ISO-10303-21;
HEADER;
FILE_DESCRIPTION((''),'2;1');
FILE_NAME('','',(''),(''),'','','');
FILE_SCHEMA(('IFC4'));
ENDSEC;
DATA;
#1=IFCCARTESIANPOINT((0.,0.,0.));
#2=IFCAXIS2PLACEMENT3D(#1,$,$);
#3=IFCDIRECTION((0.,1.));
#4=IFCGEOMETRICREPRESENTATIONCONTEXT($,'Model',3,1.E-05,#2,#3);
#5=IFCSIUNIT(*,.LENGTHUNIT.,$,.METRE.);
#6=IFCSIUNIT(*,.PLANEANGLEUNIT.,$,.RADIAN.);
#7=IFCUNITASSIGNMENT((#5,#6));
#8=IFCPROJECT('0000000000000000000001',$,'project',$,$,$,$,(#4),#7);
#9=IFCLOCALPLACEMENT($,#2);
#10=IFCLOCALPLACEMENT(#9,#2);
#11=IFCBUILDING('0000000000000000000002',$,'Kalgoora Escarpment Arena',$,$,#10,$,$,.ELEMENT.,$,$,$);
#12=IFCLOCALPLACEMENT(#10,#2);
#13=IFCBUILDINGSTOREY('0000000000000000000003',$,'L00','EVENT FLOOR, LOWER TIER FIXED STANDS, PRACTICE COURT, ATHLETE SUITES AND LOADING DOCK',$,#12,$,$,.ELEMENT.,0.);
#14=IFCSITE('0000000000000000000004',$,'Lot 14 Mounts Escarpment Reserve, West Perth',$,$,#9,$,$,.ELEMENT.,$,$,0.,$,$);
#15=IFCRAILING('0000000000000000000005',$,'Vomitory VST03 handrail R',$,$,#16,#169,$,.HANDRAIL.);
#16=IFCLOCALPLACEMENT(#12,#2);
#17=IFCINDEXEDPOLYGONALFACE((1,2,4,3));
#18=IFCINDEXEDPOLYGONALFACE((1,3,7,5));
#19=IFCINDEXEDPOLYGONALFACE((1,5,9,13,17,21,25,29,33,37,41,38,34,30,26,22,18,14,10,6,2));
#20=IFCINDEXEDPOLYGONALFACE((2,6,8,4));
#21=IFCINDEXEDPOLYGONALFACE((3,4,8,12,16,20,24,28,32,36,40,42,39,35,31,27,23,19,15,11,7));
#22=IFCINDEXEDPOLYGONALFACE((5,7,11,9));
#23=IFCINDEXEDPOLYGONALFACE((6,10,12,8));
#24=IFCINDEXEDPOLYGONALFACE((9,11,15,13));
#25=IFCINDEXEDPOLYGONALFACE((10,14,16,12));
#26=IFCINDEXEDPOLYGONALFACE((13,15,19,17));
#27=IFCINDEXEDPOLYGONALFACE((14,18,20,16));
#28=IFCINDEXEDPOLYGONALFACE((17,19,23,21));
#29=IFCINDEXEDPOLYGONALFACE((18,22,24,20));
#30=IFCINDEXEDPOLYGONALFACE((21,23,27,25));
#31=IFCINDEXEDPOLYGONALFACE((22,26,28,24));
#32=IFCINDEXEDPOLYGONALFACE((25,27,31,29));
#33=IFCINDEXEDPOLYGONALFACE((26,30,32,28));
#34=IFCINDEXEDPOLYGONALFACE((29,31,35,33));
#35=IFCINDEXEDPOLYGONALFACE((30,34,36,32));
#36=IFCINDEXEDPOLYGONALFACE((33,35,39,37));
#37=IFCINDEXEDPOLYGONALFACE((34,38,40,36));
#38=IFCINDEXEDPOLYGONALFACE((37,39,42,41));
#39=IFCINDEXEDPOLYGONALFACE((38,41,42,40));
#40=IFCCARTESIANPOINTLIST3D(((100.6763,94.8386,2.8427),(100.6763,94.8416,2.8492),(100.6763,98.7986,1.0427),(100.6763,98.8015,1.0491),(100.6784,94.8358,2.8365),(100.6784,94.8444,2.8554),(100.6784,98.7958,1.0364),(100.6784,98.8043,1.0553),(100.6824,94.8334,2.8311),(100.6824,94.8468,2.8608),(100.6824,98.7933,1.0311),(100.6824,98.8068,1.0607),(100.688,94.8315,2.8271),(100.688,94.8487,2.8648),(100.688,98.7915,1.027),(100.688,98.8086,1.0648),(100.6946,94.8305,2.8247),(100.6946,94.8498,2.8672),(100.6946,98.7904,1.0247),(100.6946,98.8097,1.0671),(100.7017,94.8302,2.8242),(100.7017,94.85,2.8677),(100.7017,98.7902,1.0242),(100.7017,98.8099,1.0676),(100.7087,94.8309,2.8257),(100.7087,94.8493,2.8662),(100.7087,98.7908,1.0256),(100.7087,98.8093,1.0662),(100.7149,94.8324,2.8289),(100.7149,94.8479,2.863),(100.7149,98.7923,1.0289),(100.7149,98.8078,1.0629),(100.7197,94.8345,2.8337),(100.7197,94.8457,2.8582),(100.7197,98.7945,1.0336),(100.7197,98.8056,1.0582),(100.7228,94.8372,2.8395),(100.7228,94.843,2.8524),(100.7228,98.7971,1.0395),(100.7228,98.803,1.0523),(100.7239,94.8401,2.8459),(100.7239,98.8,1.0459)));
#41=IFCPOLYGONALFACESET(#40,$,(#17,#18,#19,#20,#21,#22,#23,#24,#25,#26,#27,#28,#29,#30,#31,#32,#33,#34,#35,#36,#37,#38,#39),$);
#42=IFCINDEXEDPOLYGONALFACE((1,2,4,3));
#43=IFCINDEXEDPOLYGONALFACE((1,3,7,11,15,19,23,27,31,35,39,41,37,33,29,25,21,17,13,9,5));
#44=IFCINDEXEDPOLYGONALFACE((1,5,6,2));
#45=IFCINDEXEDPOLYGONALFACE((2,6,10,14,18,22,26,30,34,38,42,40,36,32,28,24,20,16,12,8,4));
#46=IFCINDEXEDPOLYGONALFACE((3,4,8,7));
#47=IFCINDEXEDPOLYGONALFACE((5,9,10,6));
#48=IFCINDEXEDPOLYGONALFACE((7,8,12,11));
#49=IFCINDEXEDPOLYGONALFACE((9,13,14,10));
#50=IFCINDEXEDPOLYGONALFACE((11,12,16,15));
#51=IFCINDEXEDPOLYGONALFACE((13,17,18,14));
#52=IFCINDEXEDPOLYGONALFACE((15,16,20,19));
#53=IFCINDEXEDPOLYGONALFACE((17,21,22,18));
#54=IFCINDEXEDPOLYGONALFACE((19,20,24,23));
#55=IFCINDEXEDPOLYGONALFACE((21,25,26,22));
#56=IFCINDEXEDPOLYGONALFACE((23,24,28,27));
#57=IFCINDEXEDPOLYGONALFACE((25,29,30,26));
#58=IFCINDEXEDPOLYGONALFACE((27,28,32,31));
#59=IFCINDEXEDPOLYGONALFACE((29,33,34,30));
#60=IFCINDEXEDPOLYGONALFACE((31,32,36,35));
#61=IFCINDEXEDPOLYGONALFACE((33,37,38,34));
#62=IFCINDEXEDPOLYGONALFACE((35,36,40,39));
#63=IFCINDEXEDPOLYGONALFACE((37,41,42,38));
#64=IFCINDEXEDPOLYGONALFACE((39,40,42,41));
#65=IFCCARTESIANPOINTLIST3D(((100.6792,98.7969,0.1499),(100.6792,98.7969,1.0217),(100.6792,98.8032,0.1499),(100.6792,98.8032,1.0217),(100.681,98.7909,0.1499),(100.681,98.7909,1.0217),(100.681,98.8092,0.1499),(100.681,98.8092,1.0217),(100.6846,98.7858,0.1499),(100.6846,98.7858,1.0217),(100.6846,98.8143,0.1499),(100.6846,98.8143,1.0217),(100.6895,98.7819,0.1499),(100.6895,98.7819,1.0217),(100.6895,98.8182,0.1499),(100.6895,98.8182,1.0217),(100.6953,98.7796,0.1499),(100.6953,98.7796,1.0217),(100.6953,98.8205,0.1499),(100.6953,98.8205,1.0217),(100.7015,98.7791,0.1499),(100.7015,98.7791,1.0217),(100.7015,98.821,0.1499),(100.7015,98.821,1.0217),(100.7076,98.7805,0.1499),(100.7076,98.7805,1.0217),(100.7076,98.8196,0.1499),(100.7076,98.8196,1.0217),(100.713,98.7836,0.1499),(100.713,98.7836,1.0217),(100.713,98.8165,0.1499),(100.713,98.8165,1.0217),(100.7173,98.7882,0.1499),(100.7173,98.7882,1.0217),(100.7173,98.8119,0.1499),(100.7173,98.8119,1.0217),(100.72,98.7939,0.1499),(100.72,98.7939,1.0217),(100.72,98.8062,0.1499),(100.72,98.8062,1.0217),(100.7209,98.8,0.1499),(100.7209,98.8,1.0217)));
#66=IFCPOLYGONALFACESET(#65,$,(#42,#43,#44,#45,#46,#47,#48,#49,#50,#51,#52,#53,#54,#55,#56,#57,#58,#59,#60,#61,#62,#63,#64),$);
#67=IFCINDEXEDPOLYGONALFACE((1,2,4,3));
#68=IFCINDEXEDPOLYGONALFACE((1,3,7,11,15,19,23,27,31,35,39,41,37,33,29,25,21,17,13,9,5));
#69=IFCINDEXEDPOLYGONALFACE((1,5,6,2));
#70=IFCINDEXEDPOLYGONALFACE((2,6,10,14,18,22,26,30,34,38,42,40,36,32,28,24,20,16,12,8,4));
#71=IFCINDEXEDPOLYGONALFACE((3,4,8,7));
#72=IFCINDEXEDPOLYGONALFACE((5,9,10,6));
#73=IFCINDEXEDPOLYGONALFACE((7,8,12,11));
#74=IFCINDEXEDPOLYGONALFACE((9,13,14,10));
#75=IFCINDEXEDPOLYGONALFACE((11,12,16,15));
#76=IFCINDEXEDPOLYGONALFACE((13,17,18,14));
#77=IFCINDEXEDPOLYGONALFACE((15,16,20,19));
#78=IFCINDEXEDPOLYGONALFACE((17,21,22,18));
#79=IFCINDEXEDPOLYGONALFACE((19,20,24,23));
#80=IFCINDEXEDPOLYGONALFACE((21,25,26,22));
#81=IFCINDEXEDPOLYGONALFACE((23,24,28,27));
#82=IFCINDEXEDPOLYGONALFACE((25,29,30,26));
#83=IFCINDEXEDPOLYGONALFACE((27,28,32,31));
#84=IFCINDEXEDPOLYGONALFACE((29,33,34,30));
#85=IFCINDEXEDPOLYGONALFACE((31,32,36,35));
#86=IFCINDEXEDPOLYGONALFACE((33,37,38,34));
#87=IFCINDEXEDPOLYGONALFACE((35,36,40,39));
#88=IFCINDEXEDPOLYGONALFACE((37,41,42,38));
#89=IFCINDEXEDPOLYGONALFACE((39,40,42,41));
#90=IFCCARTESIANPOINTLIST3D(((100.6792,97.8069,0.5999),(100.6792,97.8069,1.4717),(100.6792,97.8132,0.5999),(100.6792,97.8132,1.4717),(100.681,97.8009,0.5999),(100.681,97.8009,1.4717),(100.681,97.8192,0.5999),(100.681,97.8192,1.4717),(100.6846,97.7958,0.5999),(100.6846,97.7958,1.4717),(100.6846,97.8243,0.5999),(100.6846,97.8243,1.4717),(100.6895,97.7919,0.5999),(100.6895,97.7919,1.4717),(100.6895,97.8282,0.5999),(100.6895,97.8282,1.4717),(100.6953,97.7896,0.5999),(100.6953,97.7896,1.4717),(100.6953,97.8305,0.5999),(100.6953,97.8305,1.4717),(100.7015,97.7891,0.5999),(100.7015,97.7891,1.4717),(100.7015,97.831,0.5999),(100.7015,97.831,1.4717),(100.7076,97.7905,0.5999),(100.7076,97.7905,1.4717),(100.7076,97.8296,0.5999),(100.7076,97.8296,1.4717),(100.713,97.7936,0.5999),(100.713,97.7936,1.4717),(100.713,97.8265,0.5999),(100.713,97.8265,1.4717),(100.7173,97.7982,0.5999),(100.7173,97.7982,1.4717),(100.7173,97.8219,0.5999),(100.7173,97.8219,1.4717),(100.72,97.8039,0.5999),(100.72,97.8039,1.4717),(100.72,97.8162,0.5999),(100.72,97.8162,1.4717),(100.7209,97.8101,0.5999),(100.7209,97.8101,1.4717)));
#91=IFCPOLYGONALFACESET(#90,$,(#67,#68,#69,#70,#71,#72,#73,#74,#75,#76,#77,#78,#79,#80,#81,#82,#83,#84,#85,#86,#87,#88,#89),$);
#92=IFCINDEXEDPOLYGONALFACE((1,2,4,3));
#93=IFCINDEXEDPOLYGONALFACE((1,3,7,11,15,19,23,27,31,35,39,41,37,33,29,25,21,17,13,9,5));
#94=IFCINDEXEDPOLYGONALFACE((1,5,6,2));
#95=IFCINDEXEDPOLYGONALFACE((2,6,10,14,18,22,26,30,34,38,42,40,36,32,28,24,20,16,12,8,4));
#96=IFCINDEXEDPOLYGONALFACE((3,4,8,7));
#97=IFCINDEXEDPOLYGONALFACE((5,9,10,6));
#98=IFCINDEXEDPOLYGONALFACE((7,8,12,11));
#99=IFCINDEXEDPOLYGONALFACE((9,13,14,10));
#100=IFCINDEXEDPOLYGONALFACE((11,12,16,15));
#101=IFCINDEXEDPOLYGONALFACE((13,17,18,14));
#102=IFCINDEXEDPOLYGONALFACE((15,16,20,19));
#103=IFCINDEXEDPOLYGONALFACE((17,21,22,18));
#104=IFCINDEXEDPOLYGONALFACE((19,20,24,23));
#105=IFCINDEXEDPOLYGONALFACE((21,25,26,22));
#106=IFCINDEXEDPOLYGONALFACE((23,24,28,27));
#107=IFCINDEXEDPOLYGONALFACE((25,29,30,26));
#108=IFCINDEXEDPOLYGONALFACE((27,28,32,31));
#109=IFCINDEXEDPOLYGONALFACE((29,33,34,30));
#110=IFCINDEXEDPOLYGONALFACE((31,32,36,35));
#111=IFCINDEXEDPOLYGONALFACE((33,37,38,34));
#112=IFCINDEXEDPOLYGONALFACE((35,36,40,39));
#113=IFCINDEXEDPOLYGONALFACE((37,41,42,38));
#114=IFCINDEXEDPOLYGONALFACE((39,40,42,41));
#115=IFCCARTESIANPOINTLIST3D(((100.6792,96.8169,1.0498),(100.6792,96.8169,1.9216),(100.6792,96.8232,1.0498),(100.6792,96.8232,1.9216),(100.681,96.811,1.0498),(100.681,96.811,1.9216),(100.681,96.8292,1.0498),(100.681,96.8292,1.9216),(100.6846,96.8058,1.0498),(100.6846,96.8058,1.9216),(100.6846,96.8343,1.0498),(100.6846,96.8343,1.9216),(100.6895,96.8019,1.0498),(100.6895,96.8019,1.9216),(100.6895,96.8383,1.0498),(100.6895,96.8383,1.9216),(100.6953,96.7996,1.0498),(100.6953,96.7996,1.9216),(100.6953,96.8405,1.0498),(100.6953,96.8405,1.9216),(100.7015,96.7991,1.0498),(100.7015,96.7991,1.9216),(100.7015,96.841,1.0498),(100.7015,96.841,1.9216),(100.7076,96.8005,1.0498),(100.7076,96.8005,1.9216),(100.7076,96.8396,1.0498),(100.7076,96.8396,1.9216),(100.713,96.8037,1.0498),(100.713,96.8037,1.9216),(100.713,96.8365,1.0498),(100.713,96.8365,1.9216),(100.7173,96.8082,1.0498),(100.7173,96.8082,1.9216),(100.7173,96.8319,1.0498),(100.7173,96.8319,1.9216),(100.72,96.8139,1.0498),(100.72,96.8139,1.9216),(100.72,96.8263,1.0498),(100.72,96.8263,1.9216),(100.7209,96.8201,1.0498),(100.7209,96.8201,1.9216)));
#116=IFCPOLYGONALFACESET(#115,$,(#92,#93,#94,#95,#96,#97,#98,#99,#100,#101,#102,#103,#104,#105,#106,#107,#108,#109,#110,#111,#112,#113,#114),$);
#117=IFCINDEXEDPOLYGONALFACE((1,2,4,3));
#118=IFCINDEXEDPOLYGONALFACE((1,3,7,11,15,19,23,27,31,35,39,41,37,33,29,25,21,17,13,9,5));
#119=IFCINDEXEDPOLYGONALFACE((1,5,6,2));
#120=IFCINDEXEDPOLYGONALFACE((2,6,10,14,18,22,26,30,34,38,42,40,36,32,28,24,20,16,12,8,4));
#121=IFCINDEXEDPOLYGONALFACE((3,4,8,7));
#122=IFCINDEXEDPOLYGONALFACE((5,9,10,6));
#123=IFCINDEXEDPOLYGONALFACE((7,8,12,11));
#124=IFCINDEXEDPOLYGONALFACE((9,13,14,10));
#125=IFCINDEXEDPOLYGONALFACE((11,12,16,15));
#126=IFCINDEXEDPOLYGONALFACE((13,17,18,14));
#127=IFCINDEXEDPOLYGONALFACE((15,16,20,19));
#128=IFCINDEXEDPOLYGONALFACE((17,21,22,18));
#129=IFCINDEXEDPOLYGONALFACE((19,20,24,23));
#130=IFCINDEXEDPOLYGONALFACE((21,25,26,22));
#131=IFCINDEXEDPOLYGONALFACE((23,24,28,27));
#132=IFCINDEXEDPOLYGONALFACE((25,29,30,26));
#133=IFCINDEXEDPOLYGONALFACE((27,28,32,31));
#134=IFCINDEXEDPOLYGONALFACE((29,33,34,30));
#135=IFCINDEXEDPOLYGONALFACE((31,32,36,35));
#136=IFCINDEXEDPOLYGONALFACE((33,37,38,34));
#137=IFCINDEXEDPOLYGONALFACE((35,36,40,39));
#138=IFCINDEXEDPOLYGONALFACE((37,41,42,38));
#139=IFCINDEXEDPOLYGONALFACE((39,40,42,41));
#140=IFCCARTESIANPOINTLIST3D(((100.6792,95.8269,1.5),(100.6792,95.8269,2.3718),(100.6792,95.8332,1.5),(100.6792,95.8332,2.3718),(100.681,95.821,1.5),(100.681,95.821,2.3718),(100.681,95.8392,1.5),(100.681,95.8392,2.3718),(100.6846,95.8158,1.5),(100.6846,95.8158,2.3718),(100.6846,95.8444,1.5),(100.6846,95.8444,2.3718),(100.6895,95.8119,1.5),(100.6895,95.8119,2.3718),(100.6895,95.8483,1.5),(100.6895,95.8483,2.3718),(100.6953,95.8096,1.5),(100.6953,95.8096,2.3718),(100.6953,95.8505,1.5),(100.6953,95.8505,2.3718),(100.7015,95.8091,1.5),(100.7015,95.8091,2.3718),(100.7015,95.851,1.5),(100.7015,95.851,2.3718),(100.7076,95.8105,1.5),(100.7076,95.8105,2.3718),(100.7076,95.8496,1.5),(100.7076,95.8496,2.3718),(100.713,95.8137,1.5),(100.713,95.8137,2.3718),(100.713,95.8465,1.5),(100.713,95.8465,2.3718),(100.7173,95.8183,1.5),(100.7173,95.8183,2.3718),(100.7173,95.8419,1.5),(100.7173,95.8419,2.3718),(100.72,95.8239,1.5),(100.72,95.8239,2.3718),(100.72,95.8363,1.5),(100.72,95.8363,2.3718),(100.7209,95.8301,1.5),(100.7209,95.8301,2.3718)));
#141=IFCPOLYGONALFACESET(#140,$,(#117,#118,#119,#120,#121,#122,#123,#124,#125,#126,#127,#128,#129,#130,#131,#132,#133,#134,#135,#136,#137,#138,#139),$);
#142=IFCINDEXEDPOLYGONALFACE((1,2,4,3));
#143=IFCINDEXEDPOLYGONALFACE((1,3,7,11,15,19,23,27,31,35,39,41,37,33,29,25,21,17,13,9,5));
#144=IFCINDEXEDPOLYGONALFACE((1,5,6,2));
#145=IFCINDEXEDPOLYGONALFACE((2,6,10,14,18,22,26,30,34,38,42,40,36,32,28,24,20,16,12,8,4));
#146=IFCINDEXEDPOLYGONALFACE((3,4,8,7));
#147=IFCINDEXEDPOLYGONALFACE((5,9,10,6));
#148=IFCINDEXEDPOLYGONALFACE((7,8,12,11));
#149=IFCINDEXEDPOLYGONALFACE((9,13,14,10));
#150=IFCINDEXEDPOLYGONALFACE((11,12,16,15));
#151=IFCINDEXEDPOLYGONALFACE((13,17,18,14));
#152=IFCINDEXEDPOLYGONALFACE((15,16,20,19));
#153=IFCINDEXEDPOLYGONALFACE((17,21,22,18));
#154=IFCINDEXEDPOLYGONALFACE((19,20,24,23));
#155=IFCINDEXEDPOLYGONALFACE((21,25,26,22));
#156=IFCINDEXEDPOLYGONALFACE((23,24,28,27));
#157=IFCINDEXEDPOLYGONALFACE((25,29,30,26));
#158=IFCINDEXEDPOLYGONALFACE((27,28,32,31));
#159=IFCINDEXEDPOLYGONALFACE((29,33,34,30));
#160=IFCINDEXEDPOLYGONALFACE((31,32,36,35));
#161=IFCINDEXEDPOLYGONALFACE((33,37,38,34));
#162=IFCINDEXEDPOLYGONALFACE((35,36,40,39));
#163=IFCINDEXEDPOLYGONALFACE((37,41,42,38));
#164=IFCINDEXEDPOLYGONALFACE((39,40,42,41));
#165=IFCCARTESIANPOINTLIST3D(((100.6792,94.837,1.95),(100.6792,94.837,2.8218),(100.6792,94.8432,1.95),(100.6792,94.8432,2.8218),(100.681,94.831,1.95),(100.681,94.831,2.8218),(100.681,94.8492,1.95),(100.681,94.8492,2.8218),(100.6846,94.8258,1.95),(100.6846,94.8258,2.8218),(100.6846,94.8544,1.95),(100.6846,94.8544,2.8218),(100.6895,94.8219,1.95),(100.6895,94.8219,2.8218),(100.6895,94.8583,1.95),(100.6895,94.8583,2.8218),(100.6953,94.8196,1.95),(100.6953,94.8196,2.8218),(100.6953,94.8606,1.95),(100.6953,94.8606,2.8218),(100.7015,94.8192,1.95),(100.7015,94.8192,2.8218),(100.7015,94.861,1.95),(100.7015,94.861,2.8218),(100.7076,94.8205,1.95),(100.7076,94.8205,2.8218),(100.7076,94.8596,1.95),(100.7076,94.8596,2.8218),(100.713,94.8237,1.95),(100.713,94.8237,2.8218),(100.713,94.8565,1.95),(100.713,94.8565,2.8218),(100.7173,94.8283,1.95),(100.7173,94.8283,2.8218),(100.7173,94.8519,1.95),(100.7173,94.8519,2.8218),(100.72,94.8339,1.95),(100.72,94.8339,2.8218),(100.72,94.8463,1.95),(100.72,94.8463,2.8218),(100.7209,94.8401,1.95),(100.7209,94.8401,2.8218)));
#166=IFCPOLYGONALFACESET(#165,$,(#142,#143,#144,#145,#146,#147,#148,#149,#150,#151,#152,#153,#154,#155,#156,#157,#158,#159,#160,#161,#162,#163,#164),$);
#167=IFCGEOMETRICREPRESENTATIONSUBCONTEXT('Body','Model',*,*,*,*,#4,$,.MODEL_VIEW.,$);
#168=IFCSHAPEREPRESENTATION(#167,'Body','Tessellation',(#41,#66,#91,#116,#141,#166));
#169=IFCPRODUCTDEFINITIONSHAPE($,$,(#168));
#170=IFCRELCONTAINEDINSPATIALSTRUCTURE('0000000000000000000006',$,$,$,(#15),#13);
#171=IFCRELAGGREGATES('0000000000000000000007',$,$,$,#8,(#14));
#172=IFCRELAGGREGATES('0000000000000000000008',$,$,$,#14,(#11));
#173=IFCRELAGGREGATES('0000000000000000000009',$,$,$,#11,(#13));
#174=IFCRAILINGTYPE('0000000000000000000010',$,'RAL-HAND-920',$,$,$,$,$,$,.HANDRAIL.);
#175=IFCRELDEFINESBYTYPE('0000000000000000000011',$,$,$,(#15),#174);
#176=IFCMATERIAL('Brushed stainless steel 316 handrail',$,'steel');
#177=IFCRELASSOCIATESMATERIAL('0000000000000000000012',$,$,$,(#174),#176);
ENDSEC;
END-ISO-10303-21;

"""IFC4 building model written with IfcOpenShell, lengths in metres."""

from ifc_helpers import new_model, si_unit, direction, frame, origin, origin_2d, place, context, subcontext, project, spatial, circle, extrude, material, type_object, element, save


model = new_model("IFC4")

# Units and contexts
model_context = context("Model", 3, precision=1e-05, world=origin(), true_north=direction((0.0, 1.0)))
body_context = subcontext(model_context, "Body", "Model", "MODEL_VIEW")
ifc_project = project(units=[si_unit("LENGTHUNIT", "METRE"), si_unit("PLANEANGLEUNIT", "RADIAN")], contexts=[model_context])

# Site, building, storey
site_placement = place(None, origin())
site = spatial("IfcSite", under=ifc_project, at=site_placement, Name="Lot 14 Mounts Escarpment Reserve, West Perth", CompositionType="ELEMENT", RefElevation=0.0)
building_placement = place(site_placement, origin())
building = spatial("IfcBuilding", under=site, at=building_placement, Name="Kalgoora Escarpment Arena", CompositionType="ELEMENT")
storey_placement = place(building_placement, origin())
storey = spatial("IfcBuildingStorey", under=building, at=storey_placement, Name="L00", Description="EVENT FLOOR, LOWER TIER FIXED STANDS, PRACTICE COURT, ATHLETE SUITES AND LOADING DOCK", CompositionType="ELEMENT", Elevation=0.0)

# Railing
ifc_material_1 = material(Name="Brushed stainless steel 316 handrail", Category="steel")
railing_type = type_object("IfcRailingType", Name="RAL-HAND-920", PredefinedType="HANDRAIL", material=ifc_material_1)
for number, where, name in (
    (1, (100.7, 98.8, 0.1499), "Vomitory VST03 handrail R"),
):
    element("IfcRailing", number, at=place(storey_placement, frame(where)), inside=storey, type_object=railing_type, Name=name, PredefinedType="HANDRAIL", context=body_context, shape_type="SweptSolid", body=[
        extrude(circle(Radius=0.0239, at=origin_2d()), frame((0.0, 0.0, 0.896), z_axis=(0.0, -0.910361, 0.413816), x_axis=(1.0, 0.0, 0.0)), (0.0, 0.0, 1.0), 4.3499),
        extrude(circle(Radius=0.021, at=origin_2d()), origin(), (0.0, 0.0, 1.0), 0.8718),
        extrude(circle(Radius=0.021, at=origin_2d()), frame((0.0, -0.99, 0.45)), (0.0, 0.0, 1.0), 0.8718),
        extrude(circle(Radius=0.021, at=origin_2d()), frame((0.0, -1.98, 0.8999)), (0.0, 0.0, 1.0), 0.8718),
        extrude(circle(Radius=0.021, at=origin_2d()), frame((0.0, -2.97, 1.3501)), (0.0, 0.0, 1.0), 0.8718),
        extrude(circle(Radius=0.021, at=origin_2d()), frame((0.0, -3.96, 1.8)), (0.0, 0.0, 1.0), 0.8718),
    ])

save(model, "model.ifc")
